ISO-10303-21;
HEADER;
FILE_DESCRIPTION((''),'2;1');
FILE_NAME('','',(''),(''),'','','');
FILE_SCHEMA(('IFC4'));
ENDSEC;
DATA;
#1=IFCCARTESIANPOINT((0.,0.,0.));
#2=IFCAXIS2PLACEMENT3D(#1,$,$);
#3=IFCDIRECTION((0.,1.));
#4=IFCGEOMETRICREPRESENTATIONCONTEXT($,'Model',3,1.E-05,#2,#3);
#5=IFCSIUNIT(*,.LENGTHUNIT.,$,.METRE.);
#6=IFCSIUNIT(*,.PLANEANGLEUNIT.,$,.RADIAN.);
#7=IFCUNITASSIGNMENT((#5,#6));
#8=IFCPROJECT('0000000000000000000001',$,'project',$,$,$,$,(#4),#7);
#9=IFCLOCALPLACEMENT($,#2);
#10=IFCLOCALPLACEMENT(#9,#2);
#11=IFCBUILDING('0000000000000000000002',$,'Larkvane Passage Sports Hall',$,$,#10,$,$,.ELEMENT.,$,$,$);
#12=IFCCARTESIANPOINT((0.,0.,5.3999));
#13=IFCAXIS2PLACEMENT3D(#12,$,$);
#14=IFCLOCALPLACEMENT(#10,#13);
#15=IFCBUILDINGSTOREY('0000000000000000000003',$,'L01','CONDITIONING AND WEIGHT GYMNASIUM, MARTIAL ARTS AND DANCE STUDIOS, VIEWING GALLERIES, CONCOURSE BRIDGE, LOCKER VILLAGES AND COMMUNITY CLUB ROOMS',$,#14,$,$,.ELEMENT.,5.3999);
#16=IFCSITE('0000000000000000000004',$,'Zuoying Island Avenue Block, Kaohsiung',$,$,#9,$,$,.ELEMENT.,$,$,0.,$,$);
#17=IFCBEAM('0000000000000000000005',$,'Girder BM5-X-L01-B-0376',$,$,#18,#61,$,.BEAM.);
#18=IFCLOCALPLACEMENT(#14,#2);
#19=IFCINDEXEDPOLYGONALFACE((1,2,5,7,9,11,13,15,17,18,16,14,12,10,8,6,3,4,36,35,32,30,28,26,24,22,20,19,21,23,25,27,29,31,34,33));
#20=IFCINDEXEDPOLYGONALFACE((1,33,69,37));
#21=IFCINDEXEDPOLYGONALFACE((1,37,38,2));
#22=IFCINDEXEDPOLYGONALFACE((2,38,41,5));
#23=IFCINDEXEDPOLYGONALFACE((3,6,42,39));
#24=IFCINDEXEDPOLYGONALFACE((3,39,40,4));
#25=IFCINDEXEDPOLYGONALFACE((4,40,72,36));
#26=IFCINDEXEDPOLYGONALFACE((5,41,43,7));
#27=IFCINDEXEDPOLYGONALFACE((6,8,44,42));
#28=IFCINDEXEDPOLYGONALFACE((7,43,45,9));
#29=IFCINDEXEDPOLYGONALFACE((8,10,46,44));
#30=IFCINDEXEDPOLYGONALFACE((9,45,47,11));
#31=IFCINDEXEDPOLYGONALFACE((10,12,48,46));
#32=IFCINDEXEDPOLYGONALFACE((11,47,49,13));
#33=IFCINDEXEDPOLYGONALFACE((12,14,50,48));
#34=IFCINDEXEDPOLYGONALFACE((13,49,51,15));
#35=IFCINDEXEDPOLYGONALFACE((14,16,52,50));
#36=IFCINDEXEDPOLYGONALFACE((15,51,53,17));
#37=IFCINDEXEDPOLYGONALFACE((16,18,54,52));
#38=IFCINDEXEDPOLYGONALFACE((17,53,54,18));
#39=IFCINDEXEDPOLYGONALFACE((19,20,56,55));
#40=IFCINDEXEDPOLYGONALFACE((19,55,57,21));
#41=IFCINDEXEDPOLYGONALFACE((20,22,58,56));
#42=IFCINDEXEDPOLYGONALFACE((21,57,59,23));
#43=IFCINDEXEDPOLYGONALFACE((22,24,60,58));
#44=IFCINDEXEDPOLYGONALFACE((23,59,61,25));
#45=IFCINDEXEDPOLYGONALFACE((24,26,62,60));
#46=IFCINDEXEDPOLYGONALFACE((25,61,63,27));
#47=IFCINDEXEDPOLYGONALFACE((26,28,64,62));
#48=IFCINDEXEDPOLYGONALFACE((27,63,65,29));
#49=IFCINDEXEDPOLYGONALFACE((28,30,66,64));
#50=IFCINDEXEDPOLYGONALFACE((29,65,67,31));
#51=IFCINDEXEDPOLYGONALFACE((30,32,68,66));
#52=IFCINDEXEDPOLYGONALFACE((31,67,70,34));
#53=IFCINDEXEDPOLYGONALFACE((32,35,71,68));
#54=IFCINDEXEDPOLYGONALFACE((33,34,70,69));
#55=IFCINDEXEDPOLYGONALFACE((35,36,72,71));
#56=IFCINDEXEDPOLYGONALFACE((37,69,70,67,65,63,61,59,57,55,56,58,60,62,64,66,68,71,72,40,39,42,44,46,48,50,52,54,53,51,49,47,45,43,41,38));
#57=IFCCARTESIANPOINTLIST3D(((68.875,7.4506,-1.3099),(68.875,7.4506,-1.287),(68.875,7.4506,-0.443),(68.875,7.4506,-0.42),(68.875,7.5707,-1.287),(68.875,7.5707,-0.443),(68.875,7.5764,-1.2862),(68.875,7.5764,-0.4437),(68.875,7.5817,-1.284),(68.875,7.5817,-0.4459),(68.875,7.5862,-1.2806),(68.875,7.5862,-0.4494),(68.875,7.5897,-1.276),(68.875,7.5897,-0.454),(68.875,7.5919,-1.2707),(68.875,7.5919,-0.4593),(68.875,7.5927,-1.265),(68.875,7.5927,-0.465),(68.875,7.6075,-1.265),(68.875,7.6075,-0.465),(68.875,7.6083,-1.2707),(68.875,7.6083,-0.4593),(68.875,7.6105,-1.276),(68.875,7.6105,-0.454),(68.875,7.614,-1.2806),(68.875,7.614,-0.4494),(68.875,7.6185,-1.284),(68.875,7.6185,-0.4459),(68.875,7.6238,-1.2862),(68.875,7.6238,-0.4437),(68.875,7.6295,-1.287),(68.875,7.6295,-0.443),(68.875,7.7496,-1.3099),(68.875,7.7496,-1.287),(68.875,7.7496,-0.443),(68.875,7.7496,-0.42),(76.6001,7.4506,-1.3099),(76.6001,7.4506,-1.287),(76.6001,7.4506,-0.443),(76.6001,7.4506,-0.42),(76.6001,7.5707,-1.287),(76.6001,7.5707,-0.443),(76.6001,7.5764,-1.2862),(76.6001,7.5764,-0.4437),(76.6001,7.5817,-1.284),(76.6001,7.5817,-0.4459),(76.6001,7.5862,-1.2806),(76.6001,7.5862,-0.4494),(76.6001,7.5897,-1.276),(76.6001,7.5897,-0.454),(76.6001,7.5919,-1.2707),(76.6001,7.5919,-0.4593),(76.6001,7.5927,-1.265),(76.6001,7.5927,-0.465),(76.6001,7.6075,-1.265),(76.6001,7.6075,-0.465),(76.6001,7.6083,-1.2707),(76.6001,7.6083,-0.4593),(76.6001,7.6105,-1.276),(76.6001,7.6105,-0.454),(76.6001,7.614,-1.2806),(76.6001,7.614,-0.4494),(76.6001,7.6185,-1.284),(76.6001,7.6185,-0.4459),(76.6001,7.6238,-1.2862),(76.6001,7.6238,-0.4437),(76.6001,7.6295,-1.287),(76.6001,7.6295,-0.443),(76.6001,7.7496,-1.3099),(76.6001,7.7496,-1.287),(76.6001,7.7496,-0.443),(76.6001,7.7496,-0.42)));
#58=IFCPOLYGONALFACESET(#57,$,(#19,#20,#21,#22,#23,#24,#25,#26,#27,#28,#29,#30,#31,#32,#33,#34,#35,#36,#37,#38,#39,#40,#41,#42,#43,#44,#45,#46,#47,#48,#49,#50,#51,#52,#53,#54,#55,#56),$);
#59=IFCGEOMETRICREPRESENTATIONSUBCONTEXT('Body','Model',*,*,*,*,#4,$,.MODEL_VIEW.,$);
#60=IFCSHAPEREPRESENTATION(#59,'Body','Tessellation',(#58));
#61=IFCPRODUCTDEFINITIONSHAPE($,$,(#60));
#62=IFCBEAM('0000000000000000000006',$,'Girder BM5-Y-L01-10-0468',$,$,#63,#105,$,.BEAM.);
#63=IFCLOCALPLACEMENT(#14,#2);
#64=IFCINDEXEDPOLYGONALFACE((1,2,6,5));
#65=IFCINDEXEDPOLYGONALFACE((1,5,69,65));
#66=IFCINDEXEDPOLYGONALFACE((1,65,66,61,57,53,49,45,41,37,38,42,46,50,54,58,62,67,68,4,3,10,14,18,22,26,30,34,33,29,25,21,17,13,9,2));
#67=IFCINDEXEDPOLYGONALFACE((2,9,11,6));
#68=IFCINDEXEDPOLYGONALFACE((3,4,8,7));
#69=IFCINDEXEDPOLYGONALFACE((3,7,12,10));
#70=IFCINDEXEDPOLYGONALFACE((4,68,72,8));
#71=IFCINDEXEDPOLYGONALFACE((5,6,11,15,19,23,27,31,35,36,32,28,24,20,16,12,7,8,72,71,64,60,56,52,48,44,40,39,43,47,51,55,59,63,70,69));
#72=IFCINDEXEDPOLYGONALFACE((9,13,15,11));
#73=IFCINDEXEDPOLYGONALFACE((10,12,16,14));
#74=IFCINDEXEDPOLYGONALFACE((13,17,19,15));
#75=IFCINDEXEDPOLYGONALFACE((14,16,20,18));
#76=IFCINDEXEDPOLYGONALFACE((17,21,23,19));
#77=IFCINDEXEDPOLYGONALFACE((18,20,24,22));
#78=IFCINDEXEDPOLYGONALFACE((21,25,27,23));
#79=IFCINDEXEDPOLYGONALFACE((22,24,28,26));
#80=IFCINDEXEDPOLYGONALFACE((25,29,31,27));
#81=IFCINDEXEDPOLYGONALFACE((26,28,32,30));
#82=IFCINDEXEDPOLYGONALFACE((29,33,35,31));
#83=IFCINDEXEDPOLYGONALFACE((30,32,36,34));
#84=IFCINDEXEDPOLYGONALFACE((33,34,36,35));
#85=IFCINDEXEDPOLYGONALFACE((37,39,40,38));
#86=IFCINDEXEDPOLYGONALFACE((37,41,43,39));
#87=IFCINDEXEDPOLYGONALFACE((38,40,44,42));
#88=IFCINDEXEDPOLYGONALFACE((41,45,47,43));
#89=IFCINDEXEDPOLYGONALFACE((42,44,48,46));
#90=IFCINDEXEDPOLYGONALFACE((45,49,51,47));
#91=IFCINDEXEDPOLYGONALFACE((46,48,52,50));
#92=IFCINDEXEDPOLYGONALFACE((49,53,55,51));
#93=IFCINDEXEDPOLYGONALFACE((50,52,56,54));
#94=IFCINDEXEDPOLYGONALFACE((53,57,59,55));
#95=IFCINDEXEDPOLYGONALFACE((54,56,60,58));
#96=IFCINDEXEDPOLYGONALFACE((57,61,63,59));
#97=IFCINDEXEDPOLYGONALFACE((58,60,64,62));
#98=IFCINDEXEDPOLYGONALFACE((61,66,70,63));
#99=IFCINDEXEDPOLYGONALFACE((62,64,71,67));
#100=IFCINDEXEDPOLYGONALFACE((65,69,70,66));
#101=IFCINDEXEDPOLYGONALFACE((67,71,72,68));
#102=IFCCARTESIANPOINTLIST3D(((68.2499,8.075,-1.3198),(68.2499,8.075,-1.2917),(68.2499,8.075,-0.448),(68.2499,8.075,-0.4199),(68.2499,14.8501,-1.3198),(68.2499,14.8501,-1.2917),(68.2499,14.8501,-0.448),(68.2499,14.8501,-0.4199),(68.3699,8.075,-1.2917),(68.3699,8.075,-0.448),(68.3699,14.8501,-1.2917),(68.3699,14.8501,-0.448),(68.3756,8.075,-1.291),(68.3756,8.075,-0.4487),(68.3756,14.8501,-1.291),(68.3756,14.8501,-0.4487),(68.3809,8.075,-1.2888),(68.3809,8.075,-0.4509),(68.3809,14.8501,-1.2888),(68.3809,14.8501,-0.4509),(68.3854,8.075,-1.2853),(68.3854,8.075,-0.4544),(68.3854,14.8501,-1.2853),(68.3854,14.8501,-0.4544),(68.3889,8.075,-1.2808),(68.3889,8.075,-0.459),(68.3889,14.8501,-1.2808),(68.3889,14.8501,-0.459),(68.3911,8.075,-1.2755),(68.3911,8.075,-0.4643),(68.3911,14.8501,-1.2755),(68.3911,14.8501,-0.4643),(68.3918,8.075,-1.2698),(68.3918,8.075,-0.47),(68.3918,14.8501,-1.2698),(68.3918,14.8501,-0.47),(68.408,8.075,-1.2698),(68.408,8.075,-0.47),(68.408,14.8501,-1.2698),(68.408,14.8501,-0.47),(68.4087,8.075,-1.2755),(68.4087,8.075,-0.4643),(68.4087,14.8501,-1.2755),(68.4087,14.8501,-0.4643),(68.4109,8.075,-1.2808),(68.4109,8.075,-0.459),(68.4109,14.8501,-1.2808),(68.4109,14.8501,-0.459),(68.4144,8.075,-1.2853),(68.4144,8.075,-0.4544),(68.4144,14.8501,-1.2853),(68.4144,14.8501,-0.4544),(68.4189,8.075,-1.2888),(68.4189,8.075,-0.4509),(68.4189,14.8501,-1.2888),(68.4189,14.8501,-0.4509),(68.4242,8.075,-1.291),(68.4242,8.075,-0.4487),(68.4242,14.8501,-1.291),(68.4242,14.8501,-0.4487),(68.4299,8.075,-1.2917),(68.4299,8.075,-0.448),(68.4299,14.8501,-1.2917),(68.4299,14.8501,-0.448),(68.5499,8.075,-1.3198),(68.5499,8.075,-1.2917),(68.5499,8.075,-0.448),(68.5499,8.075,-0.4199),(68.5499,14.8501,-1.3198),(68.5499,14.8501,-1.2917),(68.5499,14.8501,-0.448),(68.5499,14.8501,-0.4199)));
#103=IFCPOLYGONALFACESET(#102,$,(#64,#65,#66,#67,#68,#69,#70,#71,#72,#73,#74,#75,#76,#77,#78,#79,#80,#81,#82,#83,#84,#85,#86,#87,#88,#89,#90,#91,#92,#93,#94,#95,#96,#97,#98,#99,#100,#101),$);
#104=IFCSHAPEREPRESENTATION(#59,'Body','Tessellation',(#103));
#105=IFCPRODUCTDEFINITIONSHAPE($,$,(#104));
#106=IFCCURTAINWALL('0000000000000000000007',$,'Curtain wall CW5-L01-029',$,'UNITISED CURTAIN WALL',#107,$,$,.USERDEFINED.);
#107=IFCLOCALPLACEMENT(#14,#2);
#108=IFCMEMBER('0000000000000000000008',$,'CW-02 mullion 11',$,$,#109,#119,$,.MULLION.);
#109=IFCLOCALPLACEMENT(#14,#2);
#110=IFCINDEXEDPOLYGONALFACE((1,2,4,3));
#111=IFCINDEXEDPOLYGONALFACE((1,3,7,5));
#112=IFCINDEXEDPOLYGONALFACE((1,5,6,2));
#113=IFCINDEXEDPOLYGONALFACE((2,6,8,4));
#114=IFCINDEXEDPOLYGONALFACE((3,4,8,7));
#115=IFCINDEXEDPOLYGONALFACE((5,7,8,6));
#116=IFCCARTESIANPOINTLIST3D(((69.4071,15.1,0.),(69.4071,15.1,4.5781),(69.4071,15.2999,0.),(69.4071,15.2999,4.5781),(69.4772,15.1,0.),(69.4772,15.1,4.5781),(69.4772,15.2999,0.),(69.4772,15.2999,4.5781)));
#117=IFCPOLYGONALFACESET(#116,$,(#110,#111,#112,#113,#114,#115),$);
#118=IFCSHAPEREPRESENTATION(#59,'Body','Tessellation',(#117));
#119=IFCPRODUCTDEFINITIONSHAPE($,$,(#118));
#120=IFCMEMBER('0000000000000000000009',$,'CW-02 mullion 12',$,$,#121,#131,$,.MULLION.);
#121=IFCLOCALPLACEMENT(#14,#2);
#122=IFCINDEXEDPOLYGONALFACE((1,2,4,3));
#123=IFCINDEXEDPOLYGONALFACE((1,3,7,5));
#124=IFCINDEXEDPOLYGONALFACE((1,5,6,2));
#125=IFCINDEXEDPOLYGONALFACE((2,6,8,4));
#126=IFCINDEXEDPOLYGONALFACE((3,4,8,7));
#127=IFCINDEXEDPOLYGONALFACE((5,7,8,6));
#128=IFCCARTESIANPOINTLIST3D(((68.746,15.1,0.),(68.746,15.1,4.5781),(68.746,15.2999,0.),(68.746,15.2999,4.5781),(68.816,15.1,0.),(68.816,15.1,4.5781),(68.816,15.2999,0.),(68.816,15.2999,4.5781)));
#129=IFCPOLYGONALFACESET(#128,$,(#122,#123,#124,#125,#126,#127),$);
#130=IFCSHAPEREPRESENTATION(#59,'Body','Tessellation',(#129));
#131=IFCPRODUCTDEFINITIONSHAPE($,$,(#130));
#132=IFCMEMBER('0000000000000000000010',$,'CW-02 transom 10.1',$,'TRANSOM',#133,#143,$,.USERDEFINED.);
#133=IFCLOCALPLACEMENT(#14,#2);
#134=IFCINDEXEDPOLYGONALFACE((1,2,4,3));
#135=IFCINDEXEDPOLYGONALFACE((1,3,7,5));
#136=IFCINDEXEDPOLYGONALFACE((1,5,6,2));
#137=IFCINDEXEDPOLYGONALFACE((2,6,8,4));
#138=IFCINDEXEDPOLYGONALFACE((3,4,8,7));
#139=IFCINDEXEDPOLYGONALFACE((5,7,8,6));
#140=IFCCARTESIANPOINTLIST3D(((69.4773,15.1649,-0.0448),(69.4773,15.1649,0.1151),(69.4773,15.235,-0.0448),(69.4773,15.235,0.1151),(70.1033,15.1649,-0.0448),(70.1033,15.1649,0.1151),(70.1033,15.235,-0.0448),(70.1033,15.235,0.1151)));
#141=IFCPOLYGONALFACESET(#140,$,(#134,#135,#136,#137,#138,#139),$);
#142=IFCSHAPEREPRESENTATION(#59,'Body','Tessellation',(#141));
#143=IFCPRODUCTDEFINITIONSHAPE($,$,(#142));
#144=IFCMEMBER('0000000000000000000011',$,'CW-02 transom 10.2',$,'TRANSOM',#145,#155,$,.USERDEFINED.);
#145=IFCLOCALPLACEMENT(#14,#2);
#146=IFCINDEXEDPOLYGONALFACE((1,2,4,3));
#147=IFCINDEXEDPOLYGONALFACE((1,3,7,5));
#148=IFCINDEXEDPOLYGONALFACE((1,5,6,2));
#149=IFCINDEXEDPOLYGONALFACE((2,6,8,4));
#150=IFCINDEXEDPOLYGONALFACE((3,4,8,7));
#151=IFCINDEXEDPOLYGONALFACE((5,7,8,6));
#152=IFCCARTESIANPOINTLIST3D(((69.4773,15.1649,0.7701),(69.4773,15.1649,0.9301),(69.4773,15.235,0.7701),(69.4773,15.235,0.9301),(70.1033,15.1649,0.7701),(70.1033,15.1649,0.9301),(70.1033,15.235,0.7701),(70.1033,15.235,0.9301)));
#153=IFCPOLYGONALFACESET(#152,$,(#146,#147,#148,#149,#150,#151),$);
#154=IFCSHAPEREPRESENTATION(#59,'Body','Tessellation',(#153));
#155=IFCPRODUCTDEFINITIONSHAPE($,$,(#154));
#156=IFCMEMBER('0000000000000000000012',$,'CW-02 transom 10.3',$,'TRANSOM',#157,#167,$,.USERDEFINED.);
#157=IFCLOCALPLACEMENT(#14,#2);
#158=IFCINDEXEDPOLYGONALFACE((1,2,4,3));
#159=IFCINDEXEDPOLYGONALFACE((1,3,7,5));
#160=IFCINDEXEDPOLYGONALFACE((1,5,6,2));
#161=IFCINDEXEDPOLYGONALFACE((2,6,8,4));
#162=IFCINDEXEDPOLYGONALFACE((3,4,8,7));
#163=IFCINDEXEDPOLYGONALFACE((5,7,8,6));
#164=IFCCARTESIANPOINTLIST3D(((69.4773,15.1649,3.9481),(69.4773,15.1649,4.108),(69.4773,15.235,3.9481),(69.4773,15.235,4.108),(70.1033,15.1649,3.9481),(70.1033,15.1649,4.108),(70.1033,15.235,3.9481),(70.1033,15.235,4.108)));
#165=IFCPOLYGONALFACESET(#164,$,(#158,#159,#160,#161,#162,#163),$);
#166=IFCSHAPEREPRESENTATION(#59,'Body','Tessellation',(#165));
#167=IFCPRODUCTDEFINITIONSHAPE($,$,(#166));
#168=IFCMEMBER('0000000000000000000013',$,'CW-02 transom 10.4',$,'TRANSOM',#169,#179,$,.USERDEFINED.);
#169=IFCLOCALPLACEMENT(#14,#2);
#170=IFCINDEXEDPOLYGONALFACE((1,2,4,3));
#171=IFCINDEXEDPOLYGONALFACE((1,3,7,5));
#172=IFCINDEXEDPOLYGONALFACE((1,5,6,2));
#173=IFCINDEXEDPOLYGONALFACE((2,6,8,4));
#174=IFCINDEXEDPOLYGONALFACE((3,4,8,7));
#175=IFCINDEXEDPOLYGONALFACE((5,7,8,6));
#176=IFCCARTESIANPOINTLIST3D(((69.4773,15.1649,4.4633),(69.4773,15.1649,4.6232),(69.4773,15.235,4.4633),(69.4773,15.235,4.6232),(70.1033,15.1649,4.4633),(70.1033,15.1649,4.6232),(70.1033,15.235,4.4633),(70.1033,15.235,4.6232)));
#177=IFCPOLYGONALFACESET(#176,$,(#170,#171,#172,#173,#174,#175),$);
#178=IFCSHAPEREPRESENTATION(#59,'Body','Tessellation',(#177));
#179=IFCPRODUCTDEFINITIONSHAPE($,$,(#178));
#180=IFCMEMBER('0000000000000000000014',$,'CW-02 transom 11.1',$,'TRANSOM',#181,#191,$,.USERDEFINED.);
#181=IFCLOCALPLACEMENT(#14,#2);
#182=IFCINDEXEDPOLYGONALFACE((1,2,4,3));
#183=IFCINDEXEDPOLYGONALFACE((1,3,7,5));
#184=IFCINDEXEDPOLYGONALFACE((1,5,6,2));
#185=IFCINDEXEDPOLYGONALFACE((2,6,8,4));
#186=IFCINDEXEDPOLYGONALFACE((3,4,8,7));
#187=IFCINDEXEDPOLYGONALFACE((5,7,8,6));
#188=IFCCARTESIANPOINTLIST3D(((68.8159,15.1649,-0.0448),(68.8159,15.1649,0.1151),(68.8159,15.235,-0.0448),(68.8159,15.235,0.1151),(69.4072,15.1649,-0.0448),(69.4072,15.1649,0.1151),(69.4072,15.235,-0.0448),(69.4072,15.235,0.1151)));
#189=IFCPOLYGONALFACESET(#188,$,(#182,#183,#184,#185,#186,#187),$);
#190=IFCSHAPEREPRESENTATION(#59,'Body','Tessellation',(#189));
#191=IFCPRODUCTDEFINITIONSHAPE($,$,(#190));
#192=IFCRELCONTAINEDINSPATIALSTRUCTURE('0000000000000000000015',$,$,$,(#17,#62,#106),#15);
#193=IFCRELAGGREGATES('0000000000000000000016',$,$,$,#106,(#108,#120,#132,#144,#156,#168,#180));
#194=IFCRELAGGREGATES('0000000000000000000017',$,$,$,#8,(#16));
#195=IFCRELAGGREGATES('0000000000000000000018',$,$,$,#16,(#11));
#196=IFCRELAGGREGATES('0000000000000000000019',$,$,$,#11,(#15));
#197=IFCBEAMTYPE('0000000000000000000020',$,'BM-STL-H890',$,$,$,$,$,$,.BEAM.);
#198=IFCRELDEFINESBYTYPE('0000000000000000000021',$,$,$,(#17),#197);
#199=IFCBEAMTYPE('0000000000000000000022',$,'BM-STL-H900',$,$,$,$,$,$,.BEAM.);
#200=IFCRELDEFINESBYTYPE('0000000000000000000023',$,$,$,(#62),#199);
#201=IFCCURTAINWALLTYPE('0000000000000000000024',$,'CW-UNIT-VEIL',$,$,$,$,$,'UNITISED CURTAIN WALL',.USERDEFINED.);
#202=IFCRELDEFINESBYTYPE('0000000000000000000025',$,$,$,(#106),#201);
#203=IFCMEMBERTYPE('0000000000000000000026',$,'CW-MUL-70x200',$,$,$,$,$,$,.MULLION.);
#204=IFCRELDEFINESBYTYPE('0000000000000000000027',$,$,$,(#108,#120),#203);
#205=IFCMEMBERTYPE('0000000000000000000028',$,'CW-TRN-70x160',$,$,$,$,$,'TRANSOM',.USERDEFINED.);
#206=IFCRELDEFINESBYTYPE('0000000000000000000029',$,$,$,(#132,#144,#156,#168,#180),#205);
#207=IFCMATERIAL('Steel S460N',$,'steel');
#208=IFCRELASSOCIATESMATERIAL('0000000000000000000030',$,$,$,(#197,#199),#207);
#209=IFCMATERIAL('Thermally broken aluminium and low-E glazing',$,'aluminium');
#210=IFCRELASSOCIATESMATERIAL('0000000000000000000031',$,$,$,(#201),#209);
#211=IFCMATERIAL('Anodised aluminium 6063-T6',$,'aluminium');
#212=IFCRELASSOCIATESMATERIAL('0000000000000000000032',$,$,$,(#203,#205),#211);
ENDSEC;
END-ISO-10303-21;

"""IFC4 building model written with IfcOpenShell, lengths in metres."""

from ifc_helpers import new_model, si_unit, direction, frame, origin, origin_2d, place, context, subcontext, project, spatial, rectangle, i_section, extrude, material, material_profile, profile_set, type_object, element, aggregate, save


model = new_model("IFC4")

# Units and contexts
model_context = context("Model", 3, precision=1e-05, world=origin(), true_north=direction((0.0, 1.0)))
body_context = subcontext(model_context, "Body", "Model", "MODEL_VIEW")
ifc_project = project(units=[si_unit("LENGTHUNIT", "METRE"), si_unit("PLANEANGLEUNIT", "RADIAN")], contexts=[model_context])

# Site, building, storey
site_placement = place(None, origin())
site = spatial("IfcSite", under=ifc_project, at=site_placement, Name="Zuoying Island Avenue Block, Kaohsiung", CompositionType="ELEMENT", RefElevation=0.0)
building_placement = place(site_placement, origin())
building = spatial("IfcBuilding", under=site, at=building_placement, Name="Larkvane Passage Sports Hall", CompositionType="ELEMENT")
storey_placement = place(building_placement, frame((0.0, 0.0, 5.3999)))
storey = spatial("IfcBuildingStorey", under=building, at=storey_placement, Name="L01", Description="CONDITIONING AND WEIGHT GYMNASIUM, MARTIAL ARTS AND DANCE STUDIOS, VIEWING GALLERIES, CONCOURSE BRIDGE, LOCKER VILLAGES AND COMMUNITY CLUB ROOMS", CompositionType="ELEMENT", Elevation=5.3999)

# Shared definitions
ifc_material_1 = material(Name="Steel S460N", Category="steel")

# Beams
ifc_material_profile_1 = material_profile(ifc_material_1, i_section(OverallWidth=0.2991, OverallDepth=0.8899, WebThickness=0.0149, FlangeThickness=0.0229, FilletRadius=0.022, at=origin_2d()), Name="H-890x299x15x23")
ifc_profile_set_1 = profile_set([ifc_material_profile_1], Name="Steel S460N")
beam_type_1 = type_object("IfcBeamType", Name="BM-STL-H890", PredefinedType="BEAM", material=ifc_profile_set_1)
beam_1_placement = place(storey_placement, frame((68.875, 7.6001, -0.865), z_axis=(1.0, 0.0, 0.0), x_axis=(0.0, 1.0, 0.0)))
element("IfcBeam", 1, at=beam_1_placement, inside=storey, type_object=beam_type_1, Name="Girder BM5-X-L01-B-0376", PredefinedType="BEAM", context=body_context, shape_type="SweptSolid", body=[
    extrude(i_section(OverallWidth=0.2991, OverallDepth=0.8899, WebThickness=0.0149, FlangeThickness=0.0229, FilletRadius=0.022, at=origin_2d()), origin(), (0.0, 0.0, 1.0), 7.7251),
])
ifc_material_profile_2 = material_profile(ifc_material_1, i_section(OverallWidth=0.3, OverallDepth=0.8999, WebThickness=0.0161, FlangeThickness=0.0281, FilletRadius=0.022, at=origin_2d()), Name="H-900x300x16x28")
ifc_profile_set_2 = profile_set([ifc_material_profile_2], Name="Steel S460N")
beam_type_2 = type_object("IfcBeamType", Name="BM-STL-H900", PredefinedType="BEAM", material=ifc_profile_set_2)
beam_2_placement = place(storey_placement, frame((68.3999, 8.075, -0.8699), z_axis=(0.0, 1.0, 0.0), x_axis=(-1.0, 0.0, 0.0)))
element("IfcBeam", 2, at=beam_2_placement, inside=storey, type_object=beam_type_2, Name="Girder BM5-Y-L01-10-0468", PredefinedType="BEAM", context=body_context, shape_type="SweptSolid", body=[
    extrude(i_section(OverallWidth=0.3, OverallDepth=0.8999, WebThickness=0.0161, FlangeThickness=0.0281, FilletRadius=0.022, at=origin_2d()), origin(), (0.0, 0.0, 1.0), 6.7751),
])

# Curtain wall, members
ifc_material_2 = material(Name="Thermally broken aluminium and low-E glazing", Category="aluminium")
curtain_wall_type = type_object("IfcCurtainWallType", Name="CW-UNIT-VEIL", ElementType="UNITISED CURTAIN WALL", PredefinedType="USERDEFINED", material=ifc_material_2)
curtain_wall_placement = place(storey_placement, origin())
curtain_wall = element("IfcCurtainWall", 3, at=curtain_wall_placement, inside=storey, type_object=curtain_wall_type, Name="Curtain wall CW5-L01-029", ObjectType="UNITISED CURTAIN WALL", PredefinedType="USERDEFINED")
ifc_material_3 = material(Name="Anodised aluminium 6063-T6", Category="aluminium")
ifc_material_profile_3 = material_profile(ifc_material_3, rectangle(XDim=0.0701, YDim=0.2, at=origin_2d()), Name="ALU-MUL-70x200")
ifc_profile_set_3 = profile_set([ifc_material_profile_3], Name="Anodised aluminium 6063-T6")
member_type_1 = type_object("IfcMemberType", Name="CW-MUL-70x200", PredefinedType="MULLION", material=ifc_profile_set_3)
member_1_placement = place(storey_placement, frame((69.4421, 15.2, 0.0), z_axis=(0.0, 0.0, 1.0), x_axis=(-1.0, 0.0, 0.0)))
member_1 = element("IfcMember", 4, at=member_1_placement, type_object=member_type_1, Name="CW-02 mullion 11", PredefinedType="MULLION", context=body_context, shape_type="SweptSolid", body=[
    extrude(rectangle(XDim=0.0701, YDim=0.2, at=origin_2d()), origin(), (0.0, 0.0, 1.0), 4.5781),
])
member_2_placement = place(storey_placement, frame((68.781, 15.2, 0.0), z_axis=(0.0, 0.0, 1.0), x_axis=(-1.0, 0.0, 0.0)))
member_2 = element("IfcMember", 5, at=member_2_placement, type_object=member_type_1, Name="CW-02 mullion 12", PredefinedType="MULLION", context=body_context, shape_type="SweptSolid", body=[
    extrude(rectangle(XDim=0.0701, YDim=0.2, at=origin_2d()), origin(), (0.0, 0.0, 1.0), 4.5781),
])
ifc_material_profile_4 = material_profile(ifc_material_3, rectangle(XDim=0.0701, YDim=0.1599, at=origin_2d()), Name="ALU-TRN-70x160")
ifc_profile_set_4 = profile_set([ifc_material_profile_4], Name="Anodised aluminium 6063-T6")
member_type_2 = type_object("IfcMemberType", Name="CW-TRN-70x160", ElementType="TRANSOM", PredefinedType="USERDEFINED", material=ifc_profile_set_4)
member_3_placement = place(storey_placement, frame((70.1033, 15.2, 0.0352), z_axis=(-1.0, 0.0, 0.0), x_axis=(0.0, -1.0, 0.0)))
member_3 = element("IfcMember", 6, at=member_3_placement, type_object=member_type_2, Name="CW-02 transom 10.1", ObjectType="TRANSOM", PredefinedType="USERDEFINED", context=body_context, shape_type="SweptSolid", body=[
    extrude(rectangle(XDim=0.0701, YDim=0.1599, at=origin_2d()), origin(), (0.0, 0.0, 1.0), 0.626),
])
member_4_placement = place(storey_placement, frame((70.1033, 15.2, 0.8501), z_axis=(-1.0, 0.0, 0.0), x_axis=(0.0, -1.0, 0.0)))
member_4 = element("IfcMember", 7, at=member_4_placement, type_object=member_type_2, Name="CW-02 transom 10.2", ObjectType="TRANSOM", PredefinedType="USERDEFINED", context=body_context, shape_type="SweptSolid", body=[
    extrude(rectangle(XDim=0.0701, YDim=0.1599, at=origin_2d()), origin(), (0.0, 0.0, 1.0), 0.626),
])
member_5_placement = place(storey_placement, frame((70.1033, 15.2, 4.0281), z_axis=(-1.0, 0.0, 0.0), x_axis=(0.0, -1.0, 0.0)))
member_5 = element("IfcMember", 8, at=member_5_placement, type_object=member_type_2, Name="CW-02 transom 10.3", ObjectType="TRANSOM", PredefinedType="USERDEFINED", context=body_context, shape_type="SweptSolid", body=[
    extrude(rectangle(XDim=0.0701, YDim=0.1599, at=origin_2d()), origin(), (0.0, 0.0, 1.0), 0.626),
])
member_6_placement = place(storey_placement, frame((70.1033, 15.2, 4.5432), z_axis=(-1.0, 0.0, 0.0), x_axis=(0.0, -1.0, 0.0)))
member_6 = element("IfcMember", 9, at=member_6_placement, type_object=member_type_2, Name="CW-02 transom 10.4", ObjectType="TRANSOM", PredefinedType="USERDEFINED", context=body_context, shape_type="SweptSolid", body=[
    extrude(rectangle(XDim=0.0701, YDim=0.1599, at=origin_2d()), origin(), (0.0, 0.0, 1.0), 0.626),
])
member_7_placement = place(storey_placement, frame((69.4072, 15.2, 0.0352), z_axis=(-1.0, 0.0, 0.0), x_axis=(0.0, -1.0, 0.0)))
member_7 = element("IfcMember", 10, at=member_7_placement, type_object=member_type_2, Name="CW-02 transom 11.1", ObjectType="TRANSOM", PredefinedType="USERDEFINED", context=body_context, shape_type="SweptSolid", body=[
    extrude(rectangle(XDim=0.0701, YDim=0.1599, at=origin_2d()), origin(), (0.0, 0.0, 1.0), 0.5913),
])

aggregate(curtain_wall, [member_1, member_2, member_3, member_4, member_5, member_6, member_7])

save(model, "model.ifc")
